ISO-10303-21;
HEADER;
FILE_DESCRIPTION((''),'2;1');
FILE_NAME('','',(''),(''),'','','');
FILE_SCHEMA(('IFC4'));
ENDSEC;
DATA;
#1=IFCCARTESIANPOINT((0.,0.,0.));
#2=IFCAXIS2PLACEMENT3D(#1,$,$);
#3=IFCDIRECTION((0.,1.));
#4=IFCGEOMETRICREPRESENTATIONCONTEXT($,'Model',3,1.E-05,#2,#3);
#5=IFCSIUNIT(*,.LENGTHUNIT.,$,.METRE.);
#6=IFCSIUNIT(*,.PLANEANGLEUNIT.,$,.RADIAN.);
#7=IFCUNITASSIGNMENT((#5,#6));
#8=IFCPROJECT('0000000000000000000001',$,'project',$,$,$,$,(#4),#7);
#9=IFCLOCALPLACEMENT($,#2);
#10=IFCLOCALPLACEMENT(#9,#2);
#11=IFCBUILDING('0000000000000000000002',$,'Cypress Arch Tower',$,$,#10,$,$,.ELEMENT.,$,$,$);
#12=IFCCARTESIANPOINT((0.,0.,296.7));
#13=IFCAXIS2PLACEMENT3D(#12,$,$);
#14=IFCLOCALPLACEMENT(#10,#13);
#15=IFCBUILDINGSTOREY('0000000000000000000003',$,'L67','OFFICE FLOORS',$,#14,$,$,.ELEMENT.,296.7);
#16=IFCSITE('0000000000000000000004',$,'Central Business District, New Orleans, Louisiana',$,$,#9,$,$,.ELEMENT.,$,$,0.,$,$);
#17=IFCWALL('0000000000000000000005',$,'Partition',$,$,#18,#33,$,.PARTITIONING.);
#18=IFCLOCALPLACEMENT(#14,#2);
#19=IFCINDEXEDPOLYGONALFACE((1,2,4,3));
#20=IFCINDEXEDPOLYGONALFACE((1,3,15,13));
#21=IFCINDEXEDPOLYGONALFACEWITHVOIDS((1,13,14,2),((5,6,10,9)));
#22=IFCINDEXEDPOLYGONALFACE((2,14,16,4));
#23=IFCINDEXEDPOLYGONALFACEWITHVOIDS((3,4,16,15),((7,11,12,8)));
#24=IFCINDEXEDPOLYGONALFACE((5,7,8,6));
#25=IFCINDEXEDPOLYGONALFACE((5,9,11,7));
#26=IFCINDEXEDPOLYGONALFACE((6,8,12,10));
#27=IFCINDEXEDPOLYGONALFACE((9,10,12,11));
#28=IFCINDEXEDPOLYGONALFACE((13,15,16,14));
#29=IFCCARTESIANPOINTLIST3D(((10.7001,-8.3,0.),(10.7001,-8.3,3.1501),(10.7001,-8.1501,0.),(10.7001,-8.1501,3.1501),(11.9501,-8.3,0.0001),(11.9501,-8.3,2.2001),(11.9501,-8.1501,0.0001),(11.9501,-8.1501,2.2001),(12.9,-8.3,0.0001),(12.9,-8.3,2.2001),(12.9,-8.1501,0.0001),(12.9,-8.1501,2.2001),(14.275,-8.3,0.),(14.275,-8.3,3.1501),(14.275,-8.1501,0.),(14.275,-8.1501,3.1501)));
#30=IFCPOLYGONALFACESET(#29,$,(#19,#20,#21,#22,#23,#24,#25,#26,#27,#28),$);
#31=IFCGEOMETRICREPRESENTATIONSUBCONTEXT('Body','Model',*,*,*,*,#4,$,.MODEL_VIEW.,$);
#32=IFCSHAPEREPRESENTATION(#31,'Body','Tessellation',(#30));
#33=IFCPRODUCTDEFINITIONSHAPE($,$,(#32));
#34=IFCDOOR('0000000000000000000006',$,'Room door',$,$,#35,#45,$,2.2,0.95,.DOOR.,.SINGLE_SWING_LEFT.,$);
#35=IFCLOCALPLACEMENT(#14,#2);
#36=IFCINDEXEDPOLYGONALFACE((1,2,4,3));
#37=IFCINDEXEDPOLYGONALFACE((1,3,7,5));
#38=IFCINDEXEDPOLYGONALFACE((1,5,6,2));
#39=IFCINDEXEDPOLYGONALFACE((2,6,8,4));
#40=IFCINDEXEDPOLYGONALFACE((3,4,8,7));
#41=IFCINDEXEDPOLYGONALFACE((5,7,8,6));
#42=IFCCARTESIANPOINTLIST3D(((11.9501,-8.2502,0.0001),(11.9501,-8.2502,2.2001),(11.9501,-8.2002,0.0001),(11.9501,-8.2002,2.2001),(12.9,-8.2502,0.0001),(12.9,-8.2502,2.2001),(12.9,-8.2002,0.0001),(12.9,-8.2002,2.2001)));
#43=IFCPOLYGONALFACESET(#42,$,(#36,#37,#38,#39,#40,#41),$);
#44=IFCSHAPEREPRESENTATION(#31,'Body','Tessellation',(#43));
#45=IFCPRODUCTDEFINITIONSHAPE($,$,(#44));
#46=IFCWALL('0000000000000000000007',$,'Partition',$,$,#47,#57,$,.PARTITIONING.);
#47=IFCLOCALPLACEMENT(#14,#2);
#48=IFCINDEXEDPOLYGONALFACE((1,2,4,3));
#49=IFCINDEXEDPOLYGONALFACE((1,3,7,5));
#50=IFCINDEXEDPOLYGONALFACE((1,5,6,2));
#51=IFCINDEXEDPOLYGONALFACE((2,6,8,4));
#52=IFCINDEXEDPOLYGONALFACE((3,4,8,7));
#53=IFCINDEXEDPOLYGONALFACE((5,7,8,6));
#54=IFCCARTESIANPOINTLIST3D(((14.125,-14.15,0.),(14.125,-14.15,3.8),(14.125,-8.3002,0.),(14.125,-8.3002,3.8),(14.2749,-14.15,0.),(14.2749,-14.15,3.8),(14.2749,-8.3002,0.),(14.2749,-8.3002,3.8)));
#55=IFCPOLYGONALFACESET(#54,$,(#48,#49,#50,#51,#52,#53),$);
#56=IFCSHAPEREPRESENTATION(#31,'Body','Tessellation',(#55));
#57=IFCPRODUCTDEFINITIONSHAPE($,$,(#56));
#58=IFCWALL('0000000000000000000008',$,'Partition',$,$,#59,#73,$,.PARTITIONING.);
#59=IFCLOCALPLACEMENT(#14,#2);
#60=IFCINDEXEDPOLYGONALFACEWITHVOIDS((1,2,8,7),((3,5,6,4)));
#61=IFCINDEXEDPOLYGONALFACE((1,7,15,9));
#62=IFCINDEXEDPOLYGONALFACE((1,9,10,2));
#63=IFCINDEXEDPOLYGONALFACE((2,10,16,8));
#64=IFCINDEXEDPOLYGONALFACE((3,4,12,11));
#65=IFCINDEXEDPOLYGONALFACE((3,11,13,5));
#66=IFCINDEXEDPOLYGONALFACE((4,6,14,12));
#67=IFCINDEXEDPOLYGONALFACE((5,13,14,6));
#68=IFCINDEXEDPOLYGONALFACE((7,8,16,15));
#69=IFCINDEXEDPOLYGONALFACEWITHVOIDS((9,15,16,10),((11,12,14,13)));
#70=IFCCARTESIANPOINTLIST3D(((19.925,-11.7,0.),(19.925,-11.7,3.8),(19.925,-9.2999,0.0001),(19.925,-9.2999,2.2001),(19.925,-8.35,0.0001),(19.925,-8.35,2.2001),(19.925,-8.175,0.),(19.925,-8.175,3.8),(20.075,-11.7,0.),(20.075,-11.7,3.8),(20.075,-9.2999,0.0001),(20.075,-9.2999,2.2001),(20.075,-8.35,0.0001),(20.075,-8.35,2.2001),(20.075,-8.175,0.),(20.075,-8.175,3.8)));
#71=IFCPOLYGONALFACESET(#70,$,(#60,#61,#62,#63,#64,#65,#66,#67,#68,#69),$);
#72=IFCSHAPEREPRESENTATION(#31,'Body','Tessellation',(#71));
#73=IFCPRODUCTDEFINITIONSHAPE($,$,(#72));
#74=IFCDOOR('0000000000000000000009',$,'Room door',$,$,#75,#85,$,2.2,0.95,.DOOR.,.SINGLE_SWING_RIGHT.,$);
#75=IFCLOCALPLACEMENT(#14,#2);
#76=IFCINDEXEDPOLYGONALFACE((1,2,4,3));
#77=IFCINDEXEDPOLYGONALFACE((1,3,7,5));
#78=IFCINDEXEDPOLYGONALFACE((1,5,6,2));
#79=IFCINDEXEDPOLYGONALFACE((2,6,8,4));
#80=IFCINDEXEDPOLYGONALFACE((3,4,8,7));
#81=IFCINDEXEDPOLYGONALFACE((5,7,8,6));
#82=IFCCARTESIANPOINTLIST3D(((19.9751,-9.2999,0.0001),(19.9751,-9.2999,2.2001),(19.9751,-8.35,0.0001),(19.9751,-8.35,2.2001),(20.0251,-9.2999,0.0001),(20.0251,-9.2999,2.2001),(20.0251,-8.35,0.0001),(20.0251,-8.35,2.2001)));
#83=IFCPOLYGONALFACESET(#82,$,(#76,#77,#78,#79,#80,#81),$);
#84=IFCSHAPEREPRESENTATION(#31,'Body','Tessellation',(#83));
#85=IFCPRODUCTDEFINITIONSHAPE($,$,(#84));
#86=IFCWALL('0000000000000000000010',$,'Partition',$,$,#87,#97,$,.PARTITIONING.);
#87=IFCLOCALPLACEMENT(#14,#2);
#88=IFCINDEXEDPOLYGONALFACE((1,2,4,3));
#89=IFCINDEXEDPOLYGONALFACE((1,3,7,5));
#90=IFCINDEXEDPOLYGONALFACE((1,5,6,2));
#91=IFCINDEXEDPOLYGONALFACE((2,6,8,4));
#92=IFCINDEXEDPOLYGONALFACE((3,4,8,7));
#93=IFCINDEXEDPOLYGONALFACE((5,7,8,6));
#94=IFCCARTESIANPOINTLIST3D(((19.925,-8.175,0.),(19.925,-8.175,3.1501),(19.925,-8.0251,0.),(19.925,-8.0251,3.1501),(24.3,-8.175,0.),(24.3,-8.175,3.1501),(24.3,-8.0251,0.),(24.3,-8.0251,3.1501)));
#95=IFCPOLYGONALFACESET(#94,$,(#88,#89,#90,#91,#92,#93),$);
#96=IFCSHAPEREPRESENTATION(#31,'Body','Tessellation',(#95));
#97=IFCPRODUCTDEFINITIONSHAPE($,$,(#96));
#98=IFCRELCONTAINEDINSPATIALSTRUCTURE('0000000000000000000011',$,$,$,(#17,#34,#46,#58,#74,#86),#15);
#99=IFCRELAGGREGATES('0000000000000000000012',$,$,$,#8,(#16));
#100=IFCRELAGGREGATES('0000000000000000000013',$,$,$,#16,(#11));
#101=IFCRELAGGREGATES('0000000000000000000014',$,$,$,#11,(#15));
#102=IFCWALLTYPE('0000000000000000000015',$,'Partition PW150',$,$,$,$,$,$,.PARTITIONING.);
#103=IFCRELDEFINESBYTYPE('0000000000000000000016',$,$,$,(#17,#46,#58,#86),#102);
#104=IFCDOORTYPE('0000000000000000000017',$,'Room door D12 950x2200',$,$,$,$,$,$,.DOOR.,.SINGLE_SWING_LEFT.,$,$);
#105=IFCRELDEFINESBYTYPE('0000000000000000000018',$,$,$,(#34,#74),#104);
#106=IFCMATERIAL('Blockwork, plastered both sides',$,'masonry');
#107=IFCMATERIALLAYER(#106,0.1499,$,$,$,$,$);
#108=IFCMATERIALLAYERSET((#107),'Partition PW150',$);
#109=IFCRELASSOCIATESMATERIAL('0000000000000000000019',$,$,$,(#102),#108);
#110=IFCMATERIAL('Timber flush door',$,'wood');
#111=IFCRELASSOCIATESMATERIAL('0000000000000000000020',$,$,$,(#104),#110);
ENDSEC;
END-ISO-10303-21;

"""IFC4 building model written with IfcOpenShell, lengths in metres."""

from ifc_helpers import new_model, si_unit, direction, frame, frame_2d, origin, place, context, subcontext, project, spatial, rectangle, extrude, material, layer, layer_set, type_object, element, fill, save


model = new_model("IFC4")

# Units and contexts
model_context = context("Model", 3, precision=1e-05, world=origin(), true_north=direction((0.0, 1.0)))
body_context = subcontext(model_context, "Body", "Model", "MODEL_VIEW")
ifc_project = project(units=[si_unit("LENGTHUNIT", "METRE"), si_unit("PLANEANGLEUNIT", "RADIAN")], contexts=[model_context])

# Site, building, storey
site_placement = place(None, origin())
site = spatial("IfcSite", under=ifc_project, at=site_placement, Name="Central Business District, New Orleans, Louisiana", CompositionType="ELEMENT", RefElevation=0.0)
building_placement = place(site_placement, origin())
building = spatial("IfcBuilding", under=site, at=building_placement, Name="Cypress Arch Tower", CompositionType="ELEMENT")
storey_placement = place(building_placement, frame((0.0, 0.0, 296.7)))
storey = spatial("IfcBuildingStorey", under=building, at=storey_placement, Name="L67", Description="OFFICE FLOORS", CompositionType="ELEMENT", Elevation=296.7)

# Shared definitions
ifc_material_1 = material(Name="Blockwork, plastered both sides", Category="masonry")
ifc_layer_1 = layer(ifc_material_1, 0.1499)
ifc_layer_set_1 = layer_set([ifc_layer_1], Name="Partition PW150")
wall_type_1 = type_object("IfcWallType", Name="Partition PW150", PredefinedType="PARTITIONING", material=ifc_layer_set_1)

# Wall, opening, door
wall_1_placement = place(storey_placement, frame((10.7, -8.2251, 0.0), z_axis=(0.0, 0.0, 1.0), x_axis=(1.0, 0.0, 0.0)))
wall_1 = element("IfcWall", 1, at=wall_1_placement, inside=storey, type_object=wall_type_1, Name="Partition", PredefinedType="PARTITIONING", context=body_context, shape_type="SweptSolid", body=[
    extrude(rectangle(XDim=3.575, YDim=0.1499, at=frame_2d((1.7876, 0.0))), origin(), (0.0, 0.0, 1.0), 3.1501),
])
opening_1_placement = place(wall_1_placement, frame((1.25, 0.0, 0.0)))
opening_1 = element("IfcOpeningElement", 2, at=opening_1_placement, cuts=wall_1, PredefinedType="OPENING", context=body_context, shape_type="SweptSolid", body=[
    extrude(rectangle(XDim=0.95, YDim=2.2, at=frame_2d((0.4751, 1.1001))), frame((0.0, 0.085, 0.0), z_axis=(0.0, -1.0, 0.0), x_axis=(1.0, 0.0, 0.0)), (0.0, 0.0, 1.0), 0.1699),
])
ifc_material_2 = material(Name="Timber flush door", Category="wood")
door_type = type_object("IfcDoorType", Name="Room door D12 950x2200", OperationType="SINGLE_SWING_LEFT", PredefinedType="DOOR", material=ifc_material_2)
door_1_placement = place(opening_1_placement, origin())
door_1 = element("IfcDoor", 3, at=door_1_placement, inside=storey, type_object=door_type, Name="Room door", OperationType="SINGLE_SWING_LEFT", OverallHeight=2.2, OverallWidth=0.95, PredefinedType="DOOR", context=body_context, shape_type="SweptSolid", body=[
    extrude(rectangle(XDim=0.95, YDim=2.2, at=frame_2d((0.4751, 1.1001))), frame((0.0, 0.0249, 0.0), z_axis=(0.0, -1.0, 0.0), x_axis=(1.0, 0.0, 0.0)), (0.0, 0.0, 1.0), 0.05),
])
fill(opening_1, door_1)

# Wall
wall_2_placement = place(storey_placement, frame((14.2, -14.1499, 0.0), z_axis=(0.0, 0.0, 1.0), x_axis=(0.0, 1.0, 0.0)))
element("IfcWall", 4, at=wall_2_placement, inside=storey, type_object=wall_type_1, Name="Partition", PredefinedType="PARTITIONING", context=body_context, shape_type="SweptSolid", body=[
    extrude(rectangle(XDim=5.8499, YDim=0.1499, at=frame_2d((2.9248, 0.0))), origin(), (0.0, 0.0, 1.0), 3.8),
])

# Wall, opening, door
wall_3_placement = place(storey_placement, frame((20.0, -11.7, 0.0), z_axis=(0.0, 0.0, 1.0), x_axis=(0.0, 1.0, 0.0)))
wall_3 = element("IfcWall", 5, at=wall_3_placement, inside=storey, type_object=wall_type_1, Name="Partition", PredefinedType="PARTITIONING", context=body_context, shape_type="SweptSolid", body=[
    extrude(rectangle(XDim=3.5249, YDim=0.1499, at=frame_2d((1.7625, 0.0))), origin(), (0.0, 0.0, 1.0), 3.8),
])
opening_2_placement = place(wall_3_placement, frame((2.3999, 0.0, 0.0)))
opening_2 = element("IfcOpeningElement", 6, at=opening_2_placement, cuts=wall_3, PredefinedType="OPENING", context=body_context, shape_type="SweptSolid", body=[
    extrude(rectangle(XDim=0.95, YDim=2.2, at=frame_2d((0.4751, 1.1001))), frame((0.0, 0.085, 0.0), z_axis=(0.0, -1.0, 0.0), x_axis=(1.0, 0.0, 0.0)), (0.0, 0.0, 1.0), 0.1699),
])
door_2_placement = place(opening_2_placement, origin())
door_2 = element("IfcDoor", 7, at=door_2_placement, inside=storey, type_object=door_type, Name="Room door", OperationType="SINGLE_SWING_RIGHT", OverallHeight=2.2, OverallWidth=0.95, PredefinedType="DOOR", context=body_context, shape_type="SweptSolid", body=[
    extrude(rectangle(XDim=0.95, YDim=2.2, at=frame_2d((0.4751, 1.1001))), frame((0.0, 0.0249, 0.0), z_axis=(0.0, -1.0, 0.0), x_axis=(1.0, 0.0, 0.0)), (0.0, 0.0, 1.0), 0.05),
])
fill(opening_2, door_2)

# Wall
wall_4_placement = place(storey_placement, frame((19.925, -8.1001, 0.0), z_axis=(0.0, 0.0, 1.0), x_axis=(1.0, 0.0, 0.0)))
element("IfcWall", 8, at=wall_4_placement, inside=storey, type_object=wall_type_1, Name="Partition", PredefinedType="PARTITIONING", context=body_context, shape_type="SweptSolid", body=[
    extrude(rectangle(XDim=4.375, YDim=0.1499, at=frame_2d((2.1875, 0.0))), origin(), (0.0, 0.0, 1.0), 3.1501),
])

save(model, "model.ifc")
